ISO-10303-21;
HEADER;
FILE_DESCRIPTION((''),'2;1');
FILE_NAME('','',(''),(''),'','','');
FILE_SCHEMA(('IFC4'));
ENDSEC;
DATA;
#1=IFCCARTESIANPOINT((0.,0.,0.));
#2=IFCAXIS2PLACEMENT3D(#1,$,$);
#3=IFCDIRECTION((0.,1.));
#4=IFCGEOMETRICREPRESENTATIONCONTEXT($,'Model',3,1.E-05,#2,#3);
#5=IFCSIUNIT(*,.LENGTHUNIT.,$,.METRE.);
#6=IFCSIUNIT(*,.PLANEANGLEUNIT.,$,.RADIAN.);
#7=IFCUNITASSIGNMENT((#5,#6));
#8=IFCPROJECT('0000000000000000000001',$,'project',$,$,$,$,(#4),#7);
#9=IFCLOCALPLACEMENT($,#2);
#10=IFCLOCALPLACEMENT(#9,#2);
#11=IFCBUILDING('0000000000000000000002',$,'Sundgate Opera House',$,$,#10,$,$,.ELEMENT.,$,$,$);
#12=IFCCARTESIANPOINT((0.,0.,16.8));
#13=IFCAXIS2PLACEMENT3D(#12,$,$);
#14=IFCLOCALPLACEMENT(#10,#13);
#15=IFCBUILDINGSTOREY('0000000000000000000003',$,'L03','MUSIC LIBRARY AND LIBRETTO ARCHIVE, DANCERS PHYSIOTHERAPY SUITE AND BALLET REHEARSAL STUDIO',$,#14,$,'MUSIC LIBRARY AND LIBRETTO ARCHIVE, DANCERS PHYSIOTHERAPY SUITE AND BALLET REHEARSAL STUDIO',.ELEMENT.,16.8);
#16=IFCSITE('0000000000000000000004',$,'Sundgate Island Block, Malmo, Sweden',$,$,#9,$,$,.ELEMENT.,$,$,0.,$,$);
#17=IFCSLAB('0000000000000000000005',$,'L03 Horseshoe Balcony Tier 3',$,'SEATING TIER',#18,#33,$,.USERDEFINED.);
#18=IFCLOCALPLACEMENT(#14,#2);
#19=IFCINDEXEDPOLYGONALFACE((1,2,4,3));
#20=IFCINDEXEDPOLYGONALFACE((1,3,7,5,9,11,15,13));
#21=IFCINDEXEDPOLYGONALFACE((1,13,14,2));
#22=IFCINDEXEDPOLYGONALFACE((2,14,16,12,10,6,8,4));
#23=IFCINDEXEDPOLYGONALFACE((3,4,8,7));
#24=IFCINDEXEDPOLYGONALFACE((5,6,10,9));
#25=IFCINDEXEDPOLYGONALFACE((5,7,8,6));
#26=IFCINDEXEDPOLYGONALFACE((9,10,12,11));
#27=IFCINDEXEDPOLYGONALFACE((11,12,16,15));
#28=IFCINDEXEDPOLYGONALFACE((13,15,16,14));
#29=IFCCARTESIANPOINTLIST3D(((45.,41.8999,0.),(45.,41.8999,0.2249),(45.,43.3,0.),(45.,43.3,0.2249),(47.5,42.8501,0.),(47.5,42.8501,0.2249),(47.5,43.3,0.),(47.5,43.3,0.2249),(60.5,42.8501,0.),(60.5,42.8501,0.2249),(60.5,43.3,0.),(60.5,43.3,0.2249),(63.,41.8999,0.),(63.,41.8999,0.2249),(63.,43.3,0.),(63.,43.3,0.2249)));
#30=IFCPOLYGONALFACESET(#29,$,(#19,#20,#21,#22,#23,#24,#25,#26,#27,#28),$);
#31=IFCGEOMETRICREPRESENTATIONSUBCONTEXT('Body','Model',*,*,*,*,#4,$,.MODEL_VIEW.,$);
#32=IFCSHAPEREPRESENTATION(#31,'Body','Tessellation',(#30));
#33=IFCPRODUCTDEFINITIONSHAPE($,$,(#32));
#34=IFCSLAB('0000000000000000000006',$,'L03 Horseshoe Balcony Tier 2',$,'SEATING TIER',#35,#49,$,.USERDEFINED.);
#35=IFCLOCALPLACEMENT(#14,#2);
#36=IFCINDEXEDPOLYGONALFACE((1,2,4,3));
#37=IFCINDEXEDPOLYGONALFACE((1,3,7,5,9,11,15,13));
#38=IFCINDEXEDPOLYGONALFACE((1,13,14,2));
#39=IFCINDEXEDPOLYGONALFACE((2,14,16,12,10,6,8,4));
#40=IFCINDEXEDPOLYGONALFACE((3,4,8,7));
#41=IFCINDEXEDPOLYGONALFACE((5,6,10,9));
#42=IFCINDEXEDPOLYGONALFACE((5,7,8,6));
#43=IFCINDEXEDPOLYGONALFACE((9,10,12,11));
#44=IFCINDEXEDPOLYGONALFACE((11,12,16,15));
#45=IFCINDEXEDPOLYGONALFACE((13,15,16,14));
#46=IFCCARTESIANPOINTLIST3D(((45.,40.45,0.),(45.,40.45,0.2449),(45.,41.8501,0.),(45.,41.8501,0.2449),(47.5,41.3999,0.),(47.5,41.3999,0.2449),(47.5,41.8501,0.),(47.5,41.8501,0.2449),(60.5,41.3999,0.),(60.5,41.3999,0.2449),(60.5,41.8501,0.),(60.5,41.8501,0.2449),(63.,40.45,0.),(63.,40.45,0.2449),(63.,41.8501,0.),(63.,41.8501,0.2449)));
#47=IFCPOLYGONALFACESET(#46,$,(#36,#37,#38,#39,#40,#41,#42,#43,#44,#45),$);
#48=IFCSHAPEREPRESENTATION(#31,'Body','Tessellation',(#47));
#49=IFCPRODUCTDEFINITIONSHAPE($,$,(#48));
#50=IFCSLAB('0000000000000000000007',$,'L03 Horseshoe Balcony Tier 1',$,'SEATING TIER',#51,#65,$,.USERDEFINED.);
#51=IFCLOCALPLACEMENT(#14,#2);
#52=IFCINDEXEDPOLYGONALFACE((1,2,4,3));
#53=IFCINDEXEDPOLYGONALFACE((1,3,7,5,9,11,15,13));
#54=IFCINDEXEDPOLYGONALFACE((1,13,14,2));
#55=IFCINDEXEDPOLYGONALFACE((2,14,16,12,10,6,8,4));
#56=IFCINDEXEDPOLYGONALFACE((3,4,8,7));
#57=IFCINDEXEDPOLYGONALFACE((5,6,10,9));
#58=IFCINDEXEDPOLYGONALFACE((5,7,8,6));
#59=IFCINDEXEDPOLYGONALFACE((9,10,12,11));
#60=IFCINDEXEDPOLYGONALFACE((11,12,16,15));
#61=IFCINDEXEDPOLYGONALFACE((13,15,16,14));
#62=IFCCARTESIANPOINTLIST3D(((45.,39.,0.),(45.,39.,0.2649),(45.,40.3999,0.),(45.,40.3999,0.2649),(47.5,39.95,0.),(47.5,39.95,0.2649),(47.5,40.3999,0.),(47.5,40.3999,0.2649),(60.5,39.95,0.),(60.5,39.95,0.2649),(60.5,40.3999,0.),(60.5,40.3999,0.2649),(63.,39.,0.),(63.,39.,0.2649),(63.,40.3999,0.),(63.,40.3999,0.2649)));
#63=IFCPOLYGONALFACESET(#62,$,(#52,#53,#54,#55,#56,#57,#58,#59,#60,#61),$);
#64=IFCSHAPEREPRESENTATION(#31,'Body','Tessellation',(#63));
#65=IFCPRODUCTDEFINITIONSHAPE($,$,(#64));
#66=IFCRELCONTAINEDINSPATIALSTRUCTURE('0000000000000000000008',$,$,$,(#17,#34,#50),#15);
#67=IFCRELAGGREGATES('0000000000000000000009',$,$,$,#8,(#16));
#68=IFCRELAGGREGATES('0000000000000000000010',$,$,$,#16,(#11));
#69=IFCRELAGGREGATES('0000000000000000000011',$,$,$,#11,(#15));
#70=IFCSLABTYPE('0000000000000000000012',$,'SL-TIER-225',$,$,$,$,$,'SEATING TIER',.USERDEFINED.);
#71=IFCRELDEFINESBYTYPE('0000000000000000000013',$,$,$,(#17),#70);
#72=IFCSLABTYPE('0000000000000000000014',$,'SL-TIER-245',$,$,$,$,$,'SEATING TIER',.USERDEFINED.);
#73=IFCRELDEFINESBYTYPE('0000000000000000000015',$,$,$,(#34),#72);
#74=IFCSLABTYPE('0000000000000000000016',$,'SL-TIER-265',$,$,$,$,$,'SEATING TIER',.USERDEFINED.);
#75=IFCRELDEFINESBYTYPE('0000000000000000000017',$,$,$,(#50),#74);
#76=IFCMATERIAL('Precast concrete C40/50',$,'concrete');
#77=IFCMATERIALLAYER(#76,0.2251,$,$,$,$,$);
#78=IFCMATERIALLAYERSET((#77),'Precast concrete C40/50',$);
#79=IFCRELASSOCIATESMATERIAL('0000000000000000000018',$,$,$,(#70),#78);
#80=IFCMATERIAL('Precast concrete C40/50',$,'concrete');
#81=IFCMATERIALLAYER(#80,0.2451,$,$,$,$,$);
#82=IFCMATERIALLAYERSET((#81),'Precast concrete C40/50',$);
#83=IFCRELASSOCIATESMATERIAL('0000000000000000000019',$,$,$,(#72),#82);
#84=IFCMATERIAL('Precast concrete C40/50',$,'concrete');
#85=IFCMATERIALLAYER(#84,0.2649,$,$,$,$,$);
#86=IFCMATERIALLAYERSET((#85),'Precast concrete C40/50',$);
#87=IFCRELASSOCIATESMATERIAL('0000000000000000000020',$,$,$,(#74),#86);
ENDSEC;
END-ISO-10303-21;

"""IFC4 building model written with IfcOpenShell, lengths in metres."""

from ifc_helpers import new_model, si_unit, direction, frame, origin, place, context, subcontext, project, spatial, polyline, outline, extrude, material, layer, layer_set, type_object, element, save


model = new_model("IFC4")

# Units and contexts
model_context = context("Model", 3, precision=1e-05, world=origin(), true_north=direction((0.0, 1.0)))
body_context = subcontext(model_context, "Body", "Model", "MODEL_VIEW")
ifc_project = project(units=[si_unit("LENGTHUNIT", "METRE"), si_unit("PLANEANGLEUNIT", "RADIAN")], contexts=[model_context])

# Site, building, storey
site_placement = place(None, origin())
site = spatial("IfcSite", under=ifc_project, at=site_placement, Name="Sundgate Island Block, Malmo, Sweden", CompositionType="ELEMENT", RefElevation=0.0)
building_placement = place(site_placement, origin())
building = spatial("IfcBuilding", under=site, at=building_placement, Name="Sundgate Opera House", CompositionType="ELEMENT")
storey_placement = place(building_placement, frame((0.0, 0.0, 16.8)))
storey = spatial("IfcBuildingStorey", under=building, at=storey_placement, Name="L03", Description="MUSIC LIBRARY AND LIBRETTO ARCHIVE, DANCERS PHYSIOTHERAPY SUITE AND BALLET REHEARSAL STUDIO", LongName="MUSIC LIBRARY AND LIBRETTO ARCHIVE, DANCERS PHYSIOTHERAPY SUITE AND BALLET REHEARSAL STUDIO", CompositionType="ELEMENT", Elevation=16.8)

# Slabs
ifc_material_1 = material(Name="Precast concrete C40/50", Category="concrete")
ifc_layer_1 = layer(ifc_material_1, 0.2251)
ifc_layer_set_1 = layer_set([ifc_layer_1], Name="Precast concrete C40/50")
slab_type_1 = type_object("IfcSlabType", Name="SL-TIER-225", ElementType="SEATING TIER", PredefinedType="USERDEFINED", material=ifc_layer_set_1)
slab_1_placement = place(storey_placement, origin())
element("IfcSlab", 1, at=slab_1_placement, inside=storey, type_object=slab_type_1, Name="L03 Horseshoe Balcony Tier 3", ObjectType="SEATING TIER", PredefinedType="USERDEFINED", context=body_context, shape_type="SweptSolid", body=[
    extrude(outline(polyline([(45.0, 41.8999), (63.0, 41.8999), (63.0, 43.3), (60.5, 43.3), (60.5, 42.8501), (47.5, 42.8501), (47.5, 43.3), (45.0, 43.3), (45.0, 41.8999)])), origin(), (0.0, 0.0, 1.0), 0.2249),
])
ifc_material_2 = material(Name="Precast concrete C40/50", Category="concrete")
ifc_layer_2 = layer(ifc_material_2, 0.2451)
ifc_layer_set_2 = layer_set([ifc_layer_2], Name="Precast concrete C40/50")
slab_type_2 = type_object("IfcSlabType", Name="SL-TIER-245", ElementType="SEATING TIER", PredefinedType="USERDEFINED", material=ifc_layer_set_2)
slab_2_placement = place(storey_placement, origin())
element("IfcSlab", 2, at=slab_2_placement, inside=storey, type_object=slab_type_2, Name="L03 Horseshoe Balcony Tier 2", ObjectType="SEATING TIER", PredefinedType="USERDEFINED", context=body_context, shape_type="SweptSolid", body=[
    extrude(outline(polyline([(45.0, 40.45), (63.0, 40.45), (63.0, 41.8501), (60.5, 41.8501), (60.5, 41.3999), (47.5, 41.3999), (47.5, 41.8501), (45.0, 41.8501), (45.0, 40.45)])), origin(), (0.0, 0.0, 1.0), 0.2449),
])
ifc_material_3 = material(Name="Precast concrete C40/50", Category="concrete")
ifc_layer_3 = layer(ifc_material_3, 0.2649)
ifc_layer_set_3 = layer_set([ifc_layer_3], Name="Precast concrete C40/50")
slab_type_3 = type_object("IfcSlabType", Name="SL-TIER-265", ElementType="SEATING TIER", PredefinedType="USERDEFINED", material=ifc_layer_set_3)
slab_3_placement = place(storey_placement, origin())
element("IfcSlab", 3, at=slab_3_placement, inside=storey, type_object=slab_type_3, Name="L03 Horseshoe Balcony Tier 1", ObjectType="SEATING TIER", PredefinedType="USERDEFINED", context=body_context, shape_type="SweptSolid", body=[
    extrude(outline(polyline([(45.0, 39.0), (63.0, 39.0), (63.0, 40.3999), (60.5, 40.3999), (60.5, 39.95), (47.5, 39.95), (47.5, 40.3999), (45.0, 40.3999), (45.0, 39.0)])), origin(), (0.0, 0.0, 1.0), 0.2649),
])

save(model, "model.ifc")
